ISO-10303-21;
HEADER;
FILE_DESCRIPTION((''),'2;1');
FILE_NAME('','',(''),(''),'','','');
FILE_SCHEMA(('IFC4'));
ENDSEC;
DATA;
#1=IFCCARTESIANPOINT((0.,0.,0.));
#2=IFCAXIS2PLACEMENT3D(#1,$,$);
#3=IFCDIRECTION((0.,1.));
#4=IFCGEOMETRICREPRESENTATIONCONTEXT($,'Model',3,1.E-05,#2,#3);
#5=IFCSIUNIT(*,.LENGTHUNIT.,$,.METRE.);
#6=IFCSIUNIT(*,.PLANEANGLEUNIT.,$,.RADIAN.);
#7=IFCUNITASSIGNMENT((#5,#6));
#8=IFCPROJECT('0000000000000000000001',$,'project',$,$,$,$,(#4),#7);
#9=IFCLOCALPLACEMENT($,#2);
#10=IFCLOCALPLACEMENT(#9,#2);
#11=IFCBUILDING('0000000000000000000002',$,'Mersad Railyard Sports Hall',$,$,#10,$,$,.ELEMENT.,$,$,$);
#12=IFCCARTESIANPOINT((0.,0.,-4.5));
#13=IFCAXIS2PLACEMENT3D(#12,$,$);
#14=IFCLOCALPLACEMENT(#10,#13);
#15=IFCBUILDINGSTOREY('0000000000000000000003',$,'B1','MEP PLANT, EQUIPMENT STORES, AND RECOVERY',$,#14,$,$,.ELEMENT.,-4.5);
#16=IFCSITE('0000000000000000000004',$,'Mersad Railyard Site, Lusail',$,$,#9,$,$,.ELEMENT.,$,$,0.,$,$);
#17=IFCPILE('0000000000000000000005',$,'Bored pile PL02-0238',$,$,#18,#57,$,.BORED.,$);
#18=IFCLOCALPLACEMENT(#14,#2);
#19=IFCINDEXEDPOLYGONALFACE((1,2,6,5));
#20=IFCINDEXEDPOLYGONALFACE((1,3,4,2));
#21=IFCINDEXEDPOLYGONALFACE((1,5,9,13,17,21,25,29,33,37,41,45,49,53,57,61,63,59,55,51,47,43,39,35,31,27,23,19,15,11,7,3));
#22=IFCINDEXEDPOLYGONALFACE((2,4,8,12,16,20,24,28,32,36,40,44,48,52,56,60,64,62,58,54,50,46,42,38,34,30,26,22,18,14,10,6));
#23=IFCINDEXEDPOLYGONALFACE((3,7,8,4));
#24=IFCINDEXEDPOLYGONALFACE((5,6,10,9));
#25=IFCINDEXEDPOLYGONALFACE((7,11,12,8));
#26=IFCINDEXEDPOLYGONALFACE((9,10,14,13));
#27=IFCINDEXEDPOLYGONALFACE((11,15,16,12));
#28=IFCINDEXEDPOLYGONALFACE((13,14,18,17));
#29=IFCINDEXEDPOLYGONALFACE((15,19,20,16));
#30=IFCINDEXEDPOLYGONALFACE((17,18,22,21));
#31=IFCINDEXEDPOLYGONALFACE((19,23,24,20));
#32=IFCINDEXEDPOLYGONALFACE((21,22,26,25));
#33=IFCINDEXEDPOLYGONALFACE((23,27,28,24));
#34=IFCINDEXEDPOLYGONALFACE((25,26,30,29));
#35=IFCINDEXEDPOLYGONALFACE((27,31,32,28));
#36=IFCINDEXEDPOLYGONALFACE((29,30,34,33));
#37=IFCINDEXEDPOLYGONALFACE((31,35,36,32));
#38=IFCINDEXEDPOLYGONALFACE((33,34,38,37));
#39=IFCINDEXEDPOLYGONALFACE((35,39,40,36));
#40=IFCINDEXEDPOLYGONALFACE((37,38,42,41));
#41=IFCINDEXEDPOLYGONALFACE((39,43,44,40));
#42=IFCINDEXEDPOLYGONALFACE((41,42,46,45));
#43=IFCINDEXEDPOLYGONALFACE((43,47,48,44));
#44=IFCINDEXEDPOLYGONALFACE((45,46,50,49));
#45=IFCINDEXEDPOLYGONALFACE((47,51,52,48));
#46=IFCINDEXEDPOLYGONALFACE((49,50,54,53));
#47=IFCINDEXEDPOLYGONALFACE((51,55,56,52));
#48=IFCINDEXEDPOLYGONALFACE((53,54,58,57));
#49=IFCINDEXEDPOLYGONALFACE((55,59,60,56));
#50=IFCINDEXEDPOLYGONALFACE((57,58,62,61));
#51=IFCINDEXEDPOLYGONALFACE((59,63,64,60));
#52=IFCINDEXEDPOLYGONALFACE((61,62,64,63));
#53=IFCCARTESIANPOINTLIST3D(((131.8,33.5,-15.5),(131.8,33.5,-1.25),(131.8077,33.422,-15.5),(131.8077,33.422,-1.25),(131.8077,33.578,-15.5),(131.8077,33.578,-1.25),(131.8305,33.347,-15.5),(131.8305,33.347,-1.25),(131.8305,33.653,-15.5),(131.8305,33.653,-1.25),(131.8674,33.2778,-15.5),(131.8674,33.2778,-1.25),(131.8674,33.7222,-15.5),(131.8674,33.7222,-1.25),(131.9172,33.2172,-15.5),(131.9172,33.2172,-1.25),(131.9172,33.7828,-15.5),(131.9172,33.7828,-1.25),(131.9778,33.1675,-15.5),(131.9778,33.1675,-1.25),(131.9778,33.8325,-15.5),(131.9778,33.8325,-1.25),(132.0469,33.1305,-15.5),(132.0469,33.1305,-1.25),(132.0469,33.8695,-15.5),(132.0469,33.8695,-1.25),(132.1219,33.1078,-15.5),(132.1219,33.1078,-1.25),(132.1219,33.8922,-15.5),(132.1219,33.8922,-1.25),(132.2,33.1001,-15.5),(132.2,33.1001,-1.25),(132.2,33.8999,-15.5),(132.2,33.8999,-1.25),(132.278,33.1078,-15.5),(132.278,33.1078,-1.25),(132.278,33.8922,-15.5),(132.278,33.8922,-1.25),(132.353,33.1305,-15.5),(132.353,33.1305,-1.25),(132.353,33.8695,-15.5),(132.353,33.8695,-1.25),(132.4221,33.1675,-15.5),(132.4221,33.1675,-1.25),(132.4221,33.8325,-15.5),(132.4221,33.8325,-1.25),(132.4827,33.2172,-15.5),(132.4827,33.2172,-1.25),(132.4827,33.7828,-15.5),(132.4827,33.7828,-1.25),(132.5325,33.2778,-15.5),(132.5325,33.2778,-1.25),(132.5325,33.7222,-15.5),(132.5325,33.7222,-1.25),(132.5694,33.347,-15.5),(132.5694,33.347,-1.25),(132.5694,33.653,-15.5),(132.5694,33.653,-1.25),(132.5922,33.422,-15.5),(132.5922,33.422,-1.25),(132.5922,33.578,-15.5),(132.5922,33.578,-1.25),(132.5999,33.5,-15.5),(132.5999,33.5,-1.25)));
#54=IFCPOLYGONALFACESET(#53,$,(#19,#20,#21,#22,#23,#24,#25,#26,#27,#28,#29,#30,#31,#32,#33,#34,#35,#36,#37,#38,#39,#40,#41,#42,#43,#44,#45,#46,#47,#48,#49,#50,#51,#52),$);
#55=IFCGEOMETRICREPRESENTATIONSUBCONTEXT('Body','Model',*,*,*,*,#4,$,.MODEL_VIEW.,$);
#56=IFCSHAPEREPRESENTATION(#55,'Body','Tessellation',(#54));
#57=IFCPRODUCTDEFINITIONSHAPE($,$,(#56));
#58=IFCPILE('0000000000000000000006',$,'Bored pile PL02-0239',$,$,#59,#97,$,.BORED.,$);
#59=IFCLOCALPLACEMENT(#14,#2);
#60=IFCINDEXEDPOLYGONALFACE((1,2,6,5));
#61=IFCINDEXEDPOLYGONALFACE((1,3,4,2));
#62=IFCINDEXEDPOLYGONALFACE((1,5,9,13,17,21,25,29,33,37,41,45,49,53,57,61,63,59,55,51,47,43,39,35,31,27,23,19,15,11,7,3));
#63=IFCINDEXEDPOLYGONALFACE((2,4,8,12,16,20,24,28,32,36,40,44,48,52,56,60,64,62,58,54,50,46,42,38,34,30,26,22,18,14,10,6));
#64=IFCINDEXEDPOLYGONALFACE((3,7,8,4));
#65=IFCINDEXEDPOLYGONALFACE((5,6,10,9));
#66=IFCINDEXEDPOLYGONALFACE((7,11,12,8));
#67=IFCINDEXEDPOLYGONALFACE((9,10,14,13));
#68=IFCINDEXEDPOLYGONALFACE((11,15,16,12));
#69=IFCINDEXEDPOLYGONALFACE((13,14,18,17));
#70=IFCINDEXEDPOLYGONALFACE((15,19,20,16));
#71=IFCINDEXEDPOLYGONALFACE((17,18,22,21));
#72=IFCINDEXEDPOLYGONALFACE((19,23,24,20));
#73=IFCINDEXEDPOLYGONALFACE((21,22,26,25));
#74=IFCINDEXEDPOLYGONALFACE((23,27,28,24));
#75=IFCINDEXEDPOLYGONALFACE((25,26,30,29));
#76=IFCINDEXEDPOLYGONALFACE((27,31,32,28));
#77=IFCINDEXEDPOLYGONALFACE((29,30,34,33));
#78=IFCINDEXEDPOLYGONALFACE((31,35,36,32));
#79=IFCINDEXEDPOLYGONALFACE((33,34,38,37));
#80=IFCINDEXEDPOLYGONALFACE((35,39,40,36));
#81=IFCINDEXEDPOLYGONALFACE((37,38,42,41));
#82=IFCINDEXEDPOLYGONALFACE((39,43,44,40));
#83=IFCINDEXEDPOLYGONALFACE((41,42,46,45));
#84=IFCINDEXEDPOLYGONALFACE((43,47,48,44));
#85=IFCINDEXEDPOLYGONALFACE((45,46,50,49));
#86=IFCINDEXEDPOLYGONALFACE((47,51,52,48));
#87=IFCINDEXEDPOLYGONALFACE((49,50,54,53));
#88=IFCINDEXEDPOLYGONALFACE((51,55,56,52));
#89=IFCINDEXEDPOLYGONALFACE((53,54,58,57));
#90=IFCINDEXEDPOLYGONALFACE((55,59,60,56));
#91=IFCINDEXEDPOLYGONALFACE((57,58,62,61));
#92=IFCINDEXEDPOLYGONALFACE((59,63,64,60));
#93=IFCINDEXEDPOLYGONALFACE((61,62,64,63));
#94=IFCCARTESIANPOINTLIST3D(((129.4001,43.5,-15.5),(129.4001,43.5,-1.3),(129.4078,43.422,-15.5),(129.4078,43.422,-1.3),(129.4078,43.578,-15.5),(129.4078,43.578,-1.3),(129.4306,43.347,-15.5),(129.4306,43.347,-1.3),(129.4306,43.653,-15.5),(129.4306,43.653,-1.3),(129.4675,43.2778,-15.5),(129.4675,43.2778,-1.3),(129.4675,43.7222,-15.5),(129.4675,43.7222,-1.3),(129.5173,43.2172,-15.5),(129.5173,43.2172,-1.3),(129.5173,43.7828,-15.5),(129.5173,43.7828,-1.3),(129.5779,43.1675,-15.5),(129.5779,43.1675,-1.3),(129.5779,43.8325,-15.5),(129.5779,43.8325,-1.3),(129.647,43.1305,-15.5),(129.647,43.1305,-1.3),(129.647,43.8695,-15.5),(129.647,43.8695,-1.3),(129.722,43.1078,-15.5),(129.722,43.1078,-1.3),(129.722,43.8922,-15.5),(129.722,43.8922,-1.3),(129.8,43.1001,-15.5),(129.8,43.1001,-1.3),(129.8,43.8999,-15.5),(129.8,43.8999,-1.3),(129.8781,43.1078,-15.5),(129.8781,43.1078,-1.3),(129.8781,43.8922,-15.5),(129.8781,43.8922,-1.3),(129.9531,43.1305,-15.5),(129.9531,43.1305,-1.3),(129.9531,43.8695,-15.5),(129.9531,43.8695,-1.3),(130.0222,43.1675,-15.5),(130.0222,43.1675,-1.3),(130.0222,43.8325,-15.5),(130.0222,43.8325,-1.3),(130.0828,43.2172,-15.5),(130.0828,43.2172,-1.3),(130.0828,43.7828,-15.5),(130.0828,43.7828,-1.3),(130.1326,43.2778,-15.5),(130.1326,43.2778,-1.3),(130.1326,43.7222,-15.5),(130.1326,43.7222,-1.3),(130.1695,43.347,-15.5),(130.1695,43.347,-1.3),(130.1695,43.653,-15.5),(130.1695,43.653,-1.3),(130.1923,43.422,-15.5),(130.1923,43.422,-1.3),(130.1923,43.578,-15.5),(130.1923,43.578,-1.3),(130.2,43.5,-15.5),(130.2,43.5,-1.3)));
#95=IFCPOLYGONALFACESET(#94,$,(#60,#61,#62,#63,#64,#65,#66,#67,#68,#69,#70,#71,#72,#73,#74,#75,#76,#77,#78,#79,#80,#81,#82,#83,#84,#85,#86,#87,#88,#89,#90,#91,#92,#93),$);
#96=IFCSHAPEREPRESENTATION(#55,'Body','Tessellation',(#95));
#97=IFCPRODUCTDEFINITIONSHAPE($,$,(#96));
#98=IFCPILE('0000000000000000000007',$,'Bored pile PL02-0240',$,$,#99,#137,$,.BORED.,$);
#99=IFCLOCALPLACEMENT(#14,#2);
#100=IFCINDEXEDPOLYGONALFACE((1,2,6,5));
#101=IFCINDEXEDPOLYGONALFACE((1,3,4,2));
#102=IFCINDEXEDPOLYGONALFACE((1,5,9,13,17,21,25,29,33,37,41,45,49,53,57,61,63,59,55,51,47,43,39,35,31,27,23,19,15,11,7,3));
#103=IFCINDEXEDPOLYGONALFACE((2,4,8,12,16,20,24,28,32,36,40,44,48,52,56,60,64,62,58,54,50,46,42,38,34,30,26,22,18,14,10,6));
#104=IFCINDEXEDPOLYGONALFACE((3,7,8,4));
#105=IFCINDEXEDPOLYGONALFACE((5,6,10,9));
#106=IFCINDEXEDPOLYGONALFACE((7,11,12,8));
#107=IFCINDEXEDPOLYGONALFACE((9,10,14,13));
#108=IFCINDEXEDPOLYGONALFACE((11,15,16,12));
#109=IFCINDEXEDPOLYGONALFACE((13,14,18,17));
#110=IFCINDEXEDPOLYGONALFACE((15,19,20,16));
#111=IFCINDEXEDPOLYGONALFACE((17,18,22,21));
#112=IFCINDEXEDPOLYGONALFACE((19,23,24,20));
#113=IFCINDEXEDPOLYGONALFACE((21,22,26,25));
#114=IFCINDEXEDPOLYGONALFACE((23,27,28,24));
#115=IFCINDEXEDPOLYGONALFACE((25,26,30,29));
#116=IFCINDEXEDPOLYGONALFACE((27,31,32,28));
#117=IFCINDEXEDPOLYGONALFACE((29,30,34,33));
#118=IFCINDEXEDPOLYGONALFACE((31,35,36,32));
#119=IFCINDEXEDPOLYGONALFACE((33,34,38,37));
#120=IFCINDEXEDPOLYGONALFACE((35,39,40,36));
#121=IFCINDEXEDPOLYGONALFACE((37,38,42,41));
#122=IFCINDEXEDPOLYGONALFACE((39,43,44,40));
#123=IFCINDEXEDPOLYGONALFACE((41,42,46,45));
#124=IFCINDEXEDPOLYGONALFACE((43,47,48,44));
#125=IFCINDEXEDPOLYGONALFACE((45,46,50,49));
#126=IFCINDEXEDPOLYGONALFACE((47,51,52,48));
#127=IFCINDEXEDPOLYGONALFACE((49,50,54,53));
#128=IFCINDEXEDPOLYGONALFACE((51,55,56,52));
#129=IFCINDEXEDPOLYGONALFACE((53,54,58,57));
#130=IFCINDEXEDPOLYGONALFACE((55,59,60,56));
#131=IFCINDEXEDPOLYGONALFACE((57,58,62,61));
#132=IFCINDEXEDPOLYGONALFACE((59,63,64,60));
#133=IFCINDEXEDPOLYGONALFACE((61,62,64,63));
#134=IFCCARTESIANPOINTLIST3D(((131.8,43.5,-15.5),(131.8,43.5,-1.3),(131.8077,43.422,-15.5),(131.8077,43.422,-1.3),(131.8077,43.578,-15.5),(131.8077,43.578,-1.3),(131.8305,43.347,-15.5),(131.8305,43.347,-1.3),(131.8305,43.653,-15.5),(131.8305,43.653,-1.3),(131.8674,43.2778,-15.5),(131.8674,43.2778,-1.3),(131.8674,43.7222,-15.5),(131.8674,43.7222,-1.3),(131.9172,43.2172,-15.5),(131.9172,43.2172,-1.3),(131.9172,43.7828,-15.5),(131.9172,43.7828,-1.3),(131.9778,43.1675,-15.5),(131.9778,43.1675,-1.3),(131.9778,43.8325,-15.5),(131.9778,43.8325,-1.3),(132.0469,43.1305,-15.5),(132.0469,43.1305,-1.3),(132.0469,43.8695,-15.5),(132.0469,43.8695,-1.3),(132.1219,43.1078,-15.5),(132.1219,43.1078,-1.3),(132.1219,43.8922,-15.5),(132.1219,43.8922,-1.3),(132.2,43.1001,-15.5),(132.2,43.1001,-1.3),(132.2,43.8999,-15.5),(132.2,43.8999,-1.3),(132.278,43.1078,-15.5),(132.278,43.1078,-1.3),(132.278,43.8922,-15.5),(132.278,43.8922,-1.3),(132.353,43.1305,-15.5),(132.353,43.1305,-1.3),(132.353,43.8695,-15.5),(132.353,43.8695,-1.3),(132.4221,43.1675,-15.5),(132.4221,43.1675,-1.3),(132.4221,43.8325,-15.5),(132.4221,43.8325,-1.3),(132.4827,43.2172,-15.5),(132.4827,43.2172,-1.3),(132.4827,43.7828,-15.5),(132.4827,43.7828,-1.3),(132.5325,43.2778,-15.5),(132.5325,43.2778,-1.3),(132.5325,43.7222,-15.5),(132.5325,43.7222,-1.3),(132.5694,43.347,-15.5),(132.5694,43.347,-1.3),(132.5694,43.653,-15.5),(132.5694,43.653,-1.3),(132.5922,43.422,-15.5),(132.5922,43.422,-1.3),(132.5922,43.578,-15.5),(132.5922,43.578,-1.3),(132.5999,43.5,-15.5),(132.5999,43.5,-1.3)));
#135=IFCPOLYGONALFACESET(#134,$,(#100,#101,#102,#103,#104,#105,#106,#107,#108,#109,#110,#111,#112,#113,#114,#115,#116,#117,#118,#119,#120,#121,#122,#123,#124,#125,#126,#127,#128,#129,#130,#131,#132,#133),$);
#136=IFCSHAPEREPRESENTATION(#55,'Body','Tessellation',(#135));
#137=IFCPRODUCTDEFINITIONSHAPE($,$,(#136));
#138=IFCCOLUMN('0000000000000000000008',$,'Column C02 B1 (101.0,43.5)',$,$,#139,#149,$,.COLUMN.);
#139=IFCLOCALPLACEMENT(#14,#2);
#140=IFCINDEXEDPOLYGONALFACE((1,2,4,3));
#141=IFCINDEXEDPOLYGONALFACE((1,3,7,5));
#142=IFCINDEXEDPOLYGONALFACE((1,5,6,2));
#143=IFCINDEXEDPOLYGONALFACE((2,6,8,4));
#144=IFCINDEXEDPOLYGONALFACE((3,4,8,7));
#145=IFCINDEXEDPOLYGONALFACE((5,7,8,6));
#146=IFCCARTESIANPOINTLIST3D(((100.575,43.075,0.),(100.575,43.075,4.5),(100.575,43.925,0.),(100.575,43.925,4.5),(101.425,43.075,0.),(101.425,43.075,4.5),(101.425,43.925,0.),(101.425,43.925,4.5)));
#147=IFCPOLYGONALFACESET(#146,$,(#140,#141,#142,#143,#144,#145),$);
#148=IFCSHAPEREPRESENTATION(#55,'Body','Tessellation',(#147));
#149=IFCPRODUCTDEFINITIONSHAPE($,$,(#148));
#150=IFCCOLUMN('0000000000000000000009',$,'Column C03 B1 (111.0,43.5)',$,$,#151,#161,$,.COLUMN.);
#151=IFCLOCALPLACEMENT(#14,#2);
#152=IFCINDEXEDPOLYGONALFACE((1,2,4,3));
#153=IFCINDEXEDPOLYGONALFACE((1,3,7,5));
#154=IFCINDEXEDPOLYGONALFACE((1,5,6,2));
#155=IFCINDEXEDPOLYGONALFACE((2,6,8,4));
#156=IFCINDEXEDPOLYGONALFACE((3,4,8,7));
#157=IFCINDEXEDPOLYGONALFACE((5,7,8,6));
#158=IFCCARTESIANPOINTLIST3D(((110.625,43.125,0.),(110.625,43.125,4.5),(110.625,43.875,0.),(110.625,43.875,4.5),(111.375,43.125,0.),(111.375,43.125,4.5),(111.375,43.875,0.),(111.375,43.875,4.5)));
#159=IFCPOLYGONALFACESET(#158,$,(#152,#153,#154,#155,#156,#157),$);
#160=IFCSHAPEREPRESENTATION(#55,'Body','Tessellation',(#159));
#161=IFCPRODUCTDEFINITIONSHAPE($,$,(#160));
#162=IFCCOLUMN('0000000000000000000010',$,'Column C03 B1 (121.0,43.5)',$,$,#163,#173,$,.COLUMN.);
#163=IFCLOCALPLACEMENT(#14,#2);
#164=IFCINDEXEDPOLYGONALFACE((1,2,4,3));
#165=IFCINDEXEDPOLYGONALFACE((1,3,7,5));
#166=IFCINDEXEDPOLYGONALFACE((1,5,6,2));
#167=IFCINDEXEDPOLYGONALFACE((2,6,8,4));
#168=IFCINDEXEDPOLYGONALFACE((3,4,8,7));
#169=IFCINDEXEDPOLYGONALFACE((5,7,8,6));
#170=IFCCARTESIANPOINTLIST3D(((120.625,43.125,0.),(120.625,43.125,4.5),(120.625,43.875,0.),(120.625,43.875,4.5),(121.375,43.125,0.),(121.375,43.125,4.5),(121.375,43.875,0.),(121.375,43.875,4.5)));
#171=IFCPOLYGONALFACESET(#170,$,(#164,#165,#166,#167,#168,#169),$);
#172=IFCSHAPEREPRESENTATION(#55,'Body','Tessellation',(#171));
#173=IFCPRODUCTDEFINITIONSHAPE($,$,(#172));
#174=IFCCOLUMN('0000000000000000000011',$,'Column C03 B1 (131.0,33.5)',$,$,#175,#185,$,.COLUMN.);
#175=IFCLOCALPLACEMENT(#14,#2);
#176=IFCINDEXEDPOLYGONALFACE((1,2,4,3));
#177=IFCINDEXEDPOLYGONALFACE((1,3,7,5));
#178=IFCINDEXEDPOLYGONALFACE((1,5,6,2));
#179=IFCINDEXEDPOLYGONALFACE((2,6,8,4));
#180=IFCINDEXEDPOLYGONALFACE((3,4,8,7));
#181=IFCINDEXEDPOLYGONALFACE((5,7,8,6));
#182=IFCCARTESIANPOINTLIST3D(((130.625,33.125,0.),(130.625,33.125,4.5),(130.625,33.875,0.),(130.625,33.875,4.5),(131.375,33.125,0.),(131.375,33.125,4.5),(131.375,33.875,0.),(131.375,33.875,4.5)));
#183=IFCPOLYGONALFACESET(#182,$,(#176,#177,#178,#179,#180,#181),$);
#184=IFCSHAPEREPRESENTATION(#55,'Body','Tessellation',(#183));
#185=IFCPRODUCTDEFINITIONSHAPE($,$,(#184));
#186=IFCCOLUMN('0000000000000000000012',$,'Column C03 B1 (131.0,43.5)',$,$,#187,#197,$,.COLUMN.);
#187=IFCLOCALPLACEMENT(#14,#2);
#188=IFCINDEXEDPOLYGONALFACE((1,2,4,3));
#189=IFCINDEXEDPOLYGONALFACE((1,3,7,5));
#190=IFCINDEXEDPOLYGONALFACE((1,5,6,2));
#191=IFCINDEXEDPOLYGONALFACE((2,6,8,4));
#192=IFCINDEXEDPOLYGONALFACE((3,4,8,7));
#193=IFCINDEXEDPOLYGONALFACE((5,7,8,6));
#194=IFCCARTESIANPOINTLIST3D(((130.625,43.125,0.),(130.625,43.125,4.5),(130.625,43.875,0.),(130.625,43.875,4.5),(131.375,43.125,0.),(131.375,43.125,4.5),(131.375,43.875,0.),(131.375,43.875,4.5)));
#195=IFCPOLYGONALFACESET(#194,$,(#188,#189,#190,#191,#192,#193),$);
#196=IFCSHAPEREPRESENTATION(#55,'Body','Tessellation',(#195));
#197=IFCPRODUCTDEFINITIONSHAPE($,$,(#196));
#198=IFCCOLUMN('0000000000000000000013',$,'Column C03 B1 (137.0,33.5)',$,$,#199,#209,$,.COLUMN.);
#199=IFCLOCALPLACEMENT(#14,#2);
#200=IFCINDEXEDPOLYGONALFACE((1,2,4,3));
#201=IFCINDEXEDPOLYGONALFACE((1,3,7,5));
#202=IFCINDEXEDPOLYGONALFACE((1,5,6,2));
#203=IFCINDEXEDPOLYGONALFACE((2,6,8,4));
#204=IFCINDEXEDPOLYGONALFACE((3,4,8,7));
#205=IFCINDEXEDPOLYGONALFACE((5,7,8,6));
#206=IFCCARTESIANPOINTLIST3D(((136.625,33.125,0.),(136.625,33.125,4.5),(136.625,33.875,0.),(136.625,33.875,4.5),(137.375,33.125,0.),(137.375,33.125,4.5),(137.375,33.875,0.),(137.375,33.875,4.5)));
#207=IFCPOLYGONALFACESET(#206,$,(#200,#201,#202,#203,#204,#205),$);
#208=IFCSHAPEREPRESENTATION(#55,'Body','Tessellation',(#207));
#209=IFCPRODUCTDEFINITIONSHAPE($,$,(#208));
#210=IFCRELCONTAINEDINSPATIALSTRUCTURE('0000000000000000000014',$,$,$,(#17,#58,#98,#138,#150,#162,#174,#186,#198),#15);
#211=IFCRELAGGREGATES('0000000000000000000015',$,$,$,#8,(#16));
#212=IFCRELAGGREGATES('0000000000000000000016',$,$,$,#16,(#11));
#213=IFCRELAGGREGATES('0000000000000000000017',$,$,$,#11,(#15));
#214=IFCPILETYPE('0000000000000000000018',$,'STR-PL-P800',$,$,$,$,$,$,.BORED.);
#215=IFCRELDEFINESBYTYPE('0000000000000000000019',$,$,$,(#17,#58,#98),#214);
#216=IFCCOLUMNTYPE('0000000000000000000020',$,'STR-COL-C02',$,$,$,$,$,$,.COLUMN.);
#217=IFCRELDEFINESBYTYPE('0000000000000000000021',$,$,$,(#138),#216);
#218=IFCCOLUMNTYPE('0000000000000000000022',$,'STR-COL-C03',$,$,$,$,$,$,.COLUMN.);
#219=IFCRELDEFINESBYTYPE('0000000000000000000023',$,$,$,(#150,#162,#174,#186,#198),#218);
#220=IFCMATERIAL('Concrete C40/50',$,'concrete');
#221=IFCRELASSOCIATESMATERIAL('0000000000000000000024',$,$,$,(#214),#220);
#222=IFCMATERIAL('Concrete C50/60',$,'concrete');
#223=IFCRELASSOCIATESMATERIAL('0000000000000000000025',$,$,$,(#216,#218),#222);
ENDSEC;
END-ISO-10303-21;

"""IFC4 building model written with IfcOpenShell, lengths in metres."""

from ifc_helpers import new_model, si_unit, direction, frame, origin, origin_2d, place, context, subcontext, project, spatial, rectangle, circle, extrude, material, material_profile, profile_set, type_object, element, save


model = new_model("IFC4")

# Units and contexts
model_context = context("Model", 3, precision=1e-05, world=origin(), true_north=direction((0.0, 1.0)))
body_context = subcontext(model_context, "Body", "Model", "MODEL_VIEW")
ifc_project = project(units=[si_unit("LENGTHUNIT", "METRE"), si_unit("PLANEANGLEUNIT", "RADIAN")], contexts=[model_context])

# Site, building, storey
site_placement = place(None, origin())
site = spatial("IfcSite", under=ifc_project, at=site_placement, Name="Mersad Railyard Site, Lusail", CompositionType="ELEMENT", RefElevation=0.0)
building_placement = place(site_placement, origin())
building = spatial("IfcBuilding", under=site, at=building_placement, Name="Mersad Railyard Sports Hall", CompositionType="ELEMENT")
storey_placement = place(building_placement, frame((0.0, 0.0, -4.5)))
storey = spatial("IfcBuildingStorey", under=building, at=storey_placement, Name="B1", Description="MEP PLANT, EQUIPMENT STORES, AND RECOVERY", CompositionType="ELEMENT", Elevation=-4.5)

# Shared definitions
ifc_material_1 = material(Name="Concrete C40/50", Category="concrete")

# Piles
ifc_material_profile_1 = material_profile(ifc_material_1, circle(Radius=0.3999, at=origin_2d()), Name="BORED PILE D800")
ifc_profile_set_1 = profile_set([ifc_material_profile_1], Name="Concrete C40/50")
pile_type_1 = type_object("IfcPileType", Name="STR-PL-P800", PredefinedType="BORED", material=ifc_profile_set_1)
for number, where, z_axis, x_axis, name in (
    (1, (132.2, 33.5, -1.25), (0.0, 0.0, -1.0), (1.0, 0.0, 0.0), "Bored pile PL02-0238"),
):
    element("IfcPile", number, at=place(storey_placement, frame(where, z_axis=z_axis, x_axis=x_axis)), inside=storey, type_object=pile_type_1, Name=name, PredefinedType="BORED", context=body_context, shape_type="SweptSolid", body=[
        extrude(circle(Radius=0.3999, at=origin_2d()), origin(), (0.0, 0.0, 1.0), 14.25),
    ])
for number, where, z_axis, x_axis, name in (
    (2, (129.8, 43.5, -1.3), (0.0, 0.0, -1.0), (1.0, 0.0, 0.0), "Bored pile PL02-0239"),
    (3, (132.2, 43.5, -1.3), (0.0, 0.0, -1.0), (1.0, 0.0, 0.0), "Bored pile PL02-0240"),
):
    element("IfcPile", number, at=place(storey_placement, frame(where, z_axis=z_axis, x_axis=x_axis)), inside=storey, type_object=pile_type_1, Name=name, PredefinedType="BORED", context=body_context, shape_type="SweptSolid", body=[
        extrude(circle(Radius=0.3999, at=origin_2d()), origin(), (0.0, 0.0, 1.0), 14.2),
    ])

# Columns
ifc_material_2 = material(Name="Concrete C50/60", Category="concrete")
ifc_material_profile_2 = material_profile(ifc_material_2, rectangle(XDim=0.8501, YDim=0.8501, at=origin_2d()), Name="RC 850x850")
ifc_profile_set_2 = profile_set([ifc_material_profile_2], Name="Concrete C50/60")
column_type_1 = type_object("IfcColumnType", Name="STR-COL-C02", PredefinedType="COLUMN", material=ifc_profile_set_2)
column_placement = place(storey_placement, frame((101.0, 43.5, 0.0), z_axis=(0.0, 0.0, 1.0), x_axis=(1.0, 0.0, 0.0)))
element("IfcColumn", 4, at=column_placement, inside=storey, type_object=column_type_1, Name="Column C02 B1 (101.0,43.5)", PredefinedType="COLUMN", context=body_context, shape_type="SweptSolid", body=[
    extrude(rectangle(XDim=0.8501, YDim=0.8501, at=origin_2d()), origin(), (0.0, 0.0, 1.0), 4.5),
])
ifc_material_profile_3 = material_profile(ifc_material_2, rectangle(XDim=0.75, YDim=0.75, at=origin_2d()), Name="RC 750x750")
ifc_profile_set_3 = profile_set([ifc_material_profile_3], Name="Concrete C50/60")
column_type_2 = type_object("IfcColumnType", Name="STR-COL-C03", PredefinedType="COLUMN", material=ifc_profile_set_3)
for number, where, z_axis, x_axis, name in (
    (5, (111.0, 43.5, 0.0), (0.0, 0.0, 1.0), (1.0, 0.0, 0.0), "Column C03 B1 (111.0,43.5)"),
    (6, (121.0, 43.5, 0.0), (0.0, 0.0, 1.0), (1.0, 0.0, 0.0), "Column C03 B1 (121.0,43.5)"),
    (7, (131.0, 33.5, 0.0), (0.0, 0.0, 1.0), (1.0, 0.0, 0.0), "Column C03 B1 (131.0,33.5)"),
    (8, (131.0, 43.5, 0.0), (0.0, 0.0, 1.0), (1.0, 0.0, 0.0), "Column C03 B1 (131.0,43.5)"),
    (9, (137.0, 33.5, 0.0), (0.0, 0.0, 1.0), (1.0, 0.0, 0.0), "Column C03 B1 (137.0,33.5)"),
):
    element("IfcColumn", number, at=place(storey_placement, frame(where, z_axis=z_axis, x_axis=x_axis)), inside=storey, type_object=column_type_2, Name=name, PredefinedType="COLUMN", context=body_context, shape_type="SweptSolid", body=[
        extrude(rectangle(XDim=0.75, YDim=0.75, at=origin_2d()), origin(), (0.0, 0.0, 1.0), 4.5),
    ])

save(model, "model.ifc")
